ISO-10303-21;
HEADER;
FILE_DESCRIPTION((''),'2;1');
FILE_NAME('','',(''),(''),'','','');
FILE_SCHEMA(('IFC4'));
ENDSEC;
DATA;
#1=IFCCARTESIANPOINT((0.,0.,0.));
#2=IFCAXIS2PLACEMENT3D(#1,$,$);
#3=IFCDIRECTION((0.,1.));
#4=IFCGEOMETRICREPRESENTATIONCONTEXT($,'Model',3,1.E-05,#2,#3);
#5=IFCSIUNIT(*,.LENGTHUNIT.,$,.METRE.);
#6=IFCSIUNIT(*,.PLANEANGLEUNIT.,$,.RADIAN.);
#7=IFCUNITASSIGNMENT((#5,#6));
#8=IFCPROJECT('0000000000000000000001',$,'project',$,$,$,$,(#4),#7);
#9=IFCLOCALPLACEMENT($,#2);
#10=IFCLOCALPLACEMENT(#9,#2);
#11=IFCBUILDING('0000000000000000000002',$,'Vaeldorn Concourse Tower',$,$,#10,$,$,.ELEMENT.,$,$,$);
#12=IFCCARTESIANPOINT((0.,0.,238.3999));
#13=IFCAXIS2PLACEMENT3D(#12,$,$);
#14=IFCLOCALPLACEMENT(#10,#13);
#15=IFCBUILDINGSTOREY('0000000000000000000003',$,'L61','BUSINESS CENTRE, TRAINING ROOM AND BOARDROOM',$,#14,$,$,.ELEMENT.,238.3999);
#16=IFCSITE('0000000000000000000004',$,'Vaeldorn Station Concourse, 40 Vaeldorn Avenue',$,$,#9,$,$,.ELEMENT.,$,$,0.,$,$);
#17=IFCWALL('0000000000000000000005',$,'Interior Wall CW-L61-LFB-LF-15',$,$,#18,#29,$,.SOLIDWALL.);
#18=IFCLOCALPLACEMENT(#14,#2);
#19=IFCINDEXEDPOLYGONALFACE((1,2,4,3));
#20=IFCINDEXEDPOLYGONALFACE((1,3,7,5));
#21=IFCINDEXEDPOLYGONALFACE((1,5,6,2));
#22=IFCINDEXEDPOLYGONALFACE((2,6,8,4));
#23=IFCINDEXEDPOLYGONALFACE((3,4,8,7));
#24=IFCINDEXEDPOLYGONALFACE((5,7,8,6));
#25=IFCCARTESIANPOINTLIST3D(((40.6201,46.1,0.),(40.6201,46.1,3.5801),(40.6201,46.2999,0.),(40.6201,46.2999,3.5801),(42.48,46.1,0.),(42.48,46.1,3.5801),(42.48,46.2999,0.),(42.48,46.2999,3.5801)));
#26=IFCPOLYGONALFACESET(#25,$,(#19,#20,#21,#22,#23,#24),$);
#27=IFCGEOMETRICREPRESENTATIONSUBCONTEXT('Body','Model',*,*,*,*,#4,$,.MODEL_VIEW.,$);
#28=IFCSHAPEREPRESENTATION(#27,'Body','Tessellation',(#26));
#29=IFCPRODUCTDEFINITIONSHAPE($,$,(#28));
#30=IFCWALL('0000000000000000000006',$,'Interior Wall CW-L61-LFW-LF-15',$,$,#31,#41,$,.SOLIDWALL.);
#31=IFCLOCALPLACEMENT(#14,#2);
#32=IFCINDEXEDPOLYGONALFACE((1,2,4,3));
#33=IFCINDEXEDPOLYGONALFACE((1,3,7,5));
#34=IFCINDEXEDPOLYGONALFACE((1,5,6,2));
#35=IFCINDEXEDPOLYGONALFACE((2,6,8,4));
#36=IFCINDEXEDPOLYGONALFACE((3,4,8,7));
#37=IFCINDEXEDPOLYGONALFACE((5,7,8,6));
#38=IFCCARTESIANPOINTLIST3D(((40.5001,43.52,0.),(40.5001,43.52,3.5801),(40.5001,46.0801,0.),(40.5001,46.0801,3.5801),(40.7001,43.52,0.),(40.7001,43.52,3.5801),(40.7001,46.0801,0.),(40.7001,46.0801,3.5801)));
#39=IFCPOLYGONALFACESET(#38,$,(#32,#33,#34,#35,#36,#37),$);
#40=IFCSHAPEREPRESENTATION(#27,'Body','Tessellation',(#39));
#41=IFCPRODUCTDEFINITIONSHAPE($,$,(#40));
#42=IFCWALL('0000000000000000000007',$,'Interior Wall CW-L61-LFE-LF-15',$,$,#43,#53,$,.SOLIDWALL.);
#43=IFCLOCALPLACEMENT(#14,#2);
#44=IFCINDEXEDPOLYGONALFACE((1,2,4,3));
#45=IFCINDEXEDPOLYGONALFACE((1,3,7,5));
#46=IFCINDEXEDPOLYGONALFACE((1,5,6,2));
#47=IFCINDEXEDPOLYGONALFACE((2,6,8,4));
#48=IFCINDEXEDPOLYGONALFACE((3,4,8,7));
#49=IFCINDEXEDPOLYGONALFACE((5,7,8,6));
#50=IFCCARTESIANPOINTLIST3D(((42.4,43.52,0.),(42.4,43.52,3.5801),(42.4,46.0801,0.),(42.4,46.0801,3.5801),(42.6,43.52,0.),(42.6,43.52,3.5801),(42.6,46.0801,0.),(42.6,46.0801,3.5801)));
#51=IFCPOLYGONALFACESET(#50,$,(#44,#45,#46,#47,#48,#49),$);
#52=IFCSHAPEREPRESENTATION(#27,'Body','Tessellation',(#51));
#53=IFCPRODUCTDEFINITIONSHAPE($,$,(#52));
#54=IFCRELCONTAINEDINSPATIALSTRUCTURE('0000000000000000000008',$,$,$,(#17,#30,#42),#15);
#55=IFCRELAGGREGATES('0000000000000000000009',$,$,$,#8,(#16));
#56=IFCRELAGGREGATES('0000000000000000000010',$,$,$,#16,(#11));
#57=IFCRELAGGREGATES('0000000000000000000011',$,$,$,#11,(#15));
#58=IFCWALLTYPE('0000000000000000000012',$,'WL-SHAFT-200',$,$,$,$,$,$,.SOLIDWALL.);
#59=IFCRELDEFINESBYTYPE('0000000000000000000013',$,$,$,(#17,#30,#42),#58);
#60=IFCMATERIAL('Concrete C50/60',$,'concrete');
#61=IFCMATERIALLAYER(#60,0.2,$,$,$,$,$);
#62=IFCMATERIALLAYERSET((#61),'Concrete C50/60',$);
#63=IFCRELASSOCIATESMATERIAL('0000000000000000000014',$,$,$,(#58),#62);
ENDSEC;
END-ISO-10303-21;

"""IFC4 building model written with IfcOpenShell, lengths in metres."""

from ifc_helpers import new_model, si_unit, direction, frame, frame_2d, origin, place, context, subcontext, project, spatial, rectangle, extrude, material, layer, layer_set, type_object, element, save


model = new_model("IFC4")

# Units and contexts
model_context = context("Model", 3, precision=1e-05, world=origin(), true_north=direction((0.0, 1.0)))
body_context = subcontext(model_context, "Body", "Model", "MODEL_VIEW")
ifc_project = project(units=[si_unit("LENGTHUNIT", "METRE"), si_unit("PLANEANGLEUNIT", "RADIAN")], contexts=[model_context])

# Site, building, storey
site_placement = place(None, origin())
site = spatial("IfcSite", under=ifc_project, at=site_placement, Name="Vaeldorn Station Concourse, 40 Vaeldorn Avenue", CompositionType="ELEMENT", RefElevation=0.0)
building_placement = place(site_placement, origin())
building = spatial("IfcBuilding", under=site, at=building_placement, Name="Vaeldorn Concourse Tower", CompositionType="ELEMENT")
storey_placement = place(building_placement, frame((0.0, 0.0, 238.3999)))
storey = spatial("IfcBuildingStorey", under=building, at=storey_placement, Name="L61", Description="BUSINESS CENTRE, TRAINING ROOM AND BOARDROOM", CompositionType="ELEMENT", Elevation=238.3999)

# Shared definitions
ifc_material_1 = material(Name="Concrete C50/60", Category="concrete")

# Shared definitions
ifc_layer_1 = layer(ifc_material_1, 0.2)
ifc_layer_set_1 = layer_set([ifc_layer_1], Name="Concrete C50/60")
wall_type_1 = type_object("IfcWallType", Name="WL-SHAFT-200", PredefinedType="SOLIDWALL", material=ifc_layer_set_1)

# Walls
wall_1_placement = place(storey_placement, frame((40.6201, 46.2, 0.0), z_axis=(0.0, 0.0, 1.0), x_axis=(1.0, 0.0, 0.0)))
element("IfcWall", 1, at=wall_1_placement, inside=storey, type_object=wall_type_1, Name="Interior Wall CW-L61-LFB-LF-15", PredefinedType="SOLIDWALL", context=body_context, shape_type="SweptSolid", body=[
    extrude(rectangle(XDim=1.8599, YDim=0.2, at=frame_2d((0.9299, 0.0))), origin(), (0.0, 0.0, 1.0), 3.5801),
])
for number, where, z_axis, x_axis, name in (
    (2, (40.6001, 43.52, 0.0), (0.0, 0.0, 1.0), (0.0, 1.0, 0.0), "Interior Wall CW-L61-LFW-LF-15"),
    (3, (42.5, 43.52, 0.0), (0.0, 0.0, 1.0), (0.0, 1.0, 0.0), "Interior Wall CW-L61-LFE-LF-15"),
):
    element("IfcWall", number, at=place(storey_placement, frame(where, z_axis=z_axis, x_axis=x_axis)), inside=storey, type_object=wall_type_1, Name=name, PredefinedType="SOLIDWALL", context=body_context, shape_type="SweptSolid", body=[
        extrude(rectangle(XDim=2.5601, YDim=0.2, at=frame_2d((1.28, 0.0))), origin(), (0.0, 0.0, 1.0), 3.5801),
    ])

save(model, "model.ifc")
